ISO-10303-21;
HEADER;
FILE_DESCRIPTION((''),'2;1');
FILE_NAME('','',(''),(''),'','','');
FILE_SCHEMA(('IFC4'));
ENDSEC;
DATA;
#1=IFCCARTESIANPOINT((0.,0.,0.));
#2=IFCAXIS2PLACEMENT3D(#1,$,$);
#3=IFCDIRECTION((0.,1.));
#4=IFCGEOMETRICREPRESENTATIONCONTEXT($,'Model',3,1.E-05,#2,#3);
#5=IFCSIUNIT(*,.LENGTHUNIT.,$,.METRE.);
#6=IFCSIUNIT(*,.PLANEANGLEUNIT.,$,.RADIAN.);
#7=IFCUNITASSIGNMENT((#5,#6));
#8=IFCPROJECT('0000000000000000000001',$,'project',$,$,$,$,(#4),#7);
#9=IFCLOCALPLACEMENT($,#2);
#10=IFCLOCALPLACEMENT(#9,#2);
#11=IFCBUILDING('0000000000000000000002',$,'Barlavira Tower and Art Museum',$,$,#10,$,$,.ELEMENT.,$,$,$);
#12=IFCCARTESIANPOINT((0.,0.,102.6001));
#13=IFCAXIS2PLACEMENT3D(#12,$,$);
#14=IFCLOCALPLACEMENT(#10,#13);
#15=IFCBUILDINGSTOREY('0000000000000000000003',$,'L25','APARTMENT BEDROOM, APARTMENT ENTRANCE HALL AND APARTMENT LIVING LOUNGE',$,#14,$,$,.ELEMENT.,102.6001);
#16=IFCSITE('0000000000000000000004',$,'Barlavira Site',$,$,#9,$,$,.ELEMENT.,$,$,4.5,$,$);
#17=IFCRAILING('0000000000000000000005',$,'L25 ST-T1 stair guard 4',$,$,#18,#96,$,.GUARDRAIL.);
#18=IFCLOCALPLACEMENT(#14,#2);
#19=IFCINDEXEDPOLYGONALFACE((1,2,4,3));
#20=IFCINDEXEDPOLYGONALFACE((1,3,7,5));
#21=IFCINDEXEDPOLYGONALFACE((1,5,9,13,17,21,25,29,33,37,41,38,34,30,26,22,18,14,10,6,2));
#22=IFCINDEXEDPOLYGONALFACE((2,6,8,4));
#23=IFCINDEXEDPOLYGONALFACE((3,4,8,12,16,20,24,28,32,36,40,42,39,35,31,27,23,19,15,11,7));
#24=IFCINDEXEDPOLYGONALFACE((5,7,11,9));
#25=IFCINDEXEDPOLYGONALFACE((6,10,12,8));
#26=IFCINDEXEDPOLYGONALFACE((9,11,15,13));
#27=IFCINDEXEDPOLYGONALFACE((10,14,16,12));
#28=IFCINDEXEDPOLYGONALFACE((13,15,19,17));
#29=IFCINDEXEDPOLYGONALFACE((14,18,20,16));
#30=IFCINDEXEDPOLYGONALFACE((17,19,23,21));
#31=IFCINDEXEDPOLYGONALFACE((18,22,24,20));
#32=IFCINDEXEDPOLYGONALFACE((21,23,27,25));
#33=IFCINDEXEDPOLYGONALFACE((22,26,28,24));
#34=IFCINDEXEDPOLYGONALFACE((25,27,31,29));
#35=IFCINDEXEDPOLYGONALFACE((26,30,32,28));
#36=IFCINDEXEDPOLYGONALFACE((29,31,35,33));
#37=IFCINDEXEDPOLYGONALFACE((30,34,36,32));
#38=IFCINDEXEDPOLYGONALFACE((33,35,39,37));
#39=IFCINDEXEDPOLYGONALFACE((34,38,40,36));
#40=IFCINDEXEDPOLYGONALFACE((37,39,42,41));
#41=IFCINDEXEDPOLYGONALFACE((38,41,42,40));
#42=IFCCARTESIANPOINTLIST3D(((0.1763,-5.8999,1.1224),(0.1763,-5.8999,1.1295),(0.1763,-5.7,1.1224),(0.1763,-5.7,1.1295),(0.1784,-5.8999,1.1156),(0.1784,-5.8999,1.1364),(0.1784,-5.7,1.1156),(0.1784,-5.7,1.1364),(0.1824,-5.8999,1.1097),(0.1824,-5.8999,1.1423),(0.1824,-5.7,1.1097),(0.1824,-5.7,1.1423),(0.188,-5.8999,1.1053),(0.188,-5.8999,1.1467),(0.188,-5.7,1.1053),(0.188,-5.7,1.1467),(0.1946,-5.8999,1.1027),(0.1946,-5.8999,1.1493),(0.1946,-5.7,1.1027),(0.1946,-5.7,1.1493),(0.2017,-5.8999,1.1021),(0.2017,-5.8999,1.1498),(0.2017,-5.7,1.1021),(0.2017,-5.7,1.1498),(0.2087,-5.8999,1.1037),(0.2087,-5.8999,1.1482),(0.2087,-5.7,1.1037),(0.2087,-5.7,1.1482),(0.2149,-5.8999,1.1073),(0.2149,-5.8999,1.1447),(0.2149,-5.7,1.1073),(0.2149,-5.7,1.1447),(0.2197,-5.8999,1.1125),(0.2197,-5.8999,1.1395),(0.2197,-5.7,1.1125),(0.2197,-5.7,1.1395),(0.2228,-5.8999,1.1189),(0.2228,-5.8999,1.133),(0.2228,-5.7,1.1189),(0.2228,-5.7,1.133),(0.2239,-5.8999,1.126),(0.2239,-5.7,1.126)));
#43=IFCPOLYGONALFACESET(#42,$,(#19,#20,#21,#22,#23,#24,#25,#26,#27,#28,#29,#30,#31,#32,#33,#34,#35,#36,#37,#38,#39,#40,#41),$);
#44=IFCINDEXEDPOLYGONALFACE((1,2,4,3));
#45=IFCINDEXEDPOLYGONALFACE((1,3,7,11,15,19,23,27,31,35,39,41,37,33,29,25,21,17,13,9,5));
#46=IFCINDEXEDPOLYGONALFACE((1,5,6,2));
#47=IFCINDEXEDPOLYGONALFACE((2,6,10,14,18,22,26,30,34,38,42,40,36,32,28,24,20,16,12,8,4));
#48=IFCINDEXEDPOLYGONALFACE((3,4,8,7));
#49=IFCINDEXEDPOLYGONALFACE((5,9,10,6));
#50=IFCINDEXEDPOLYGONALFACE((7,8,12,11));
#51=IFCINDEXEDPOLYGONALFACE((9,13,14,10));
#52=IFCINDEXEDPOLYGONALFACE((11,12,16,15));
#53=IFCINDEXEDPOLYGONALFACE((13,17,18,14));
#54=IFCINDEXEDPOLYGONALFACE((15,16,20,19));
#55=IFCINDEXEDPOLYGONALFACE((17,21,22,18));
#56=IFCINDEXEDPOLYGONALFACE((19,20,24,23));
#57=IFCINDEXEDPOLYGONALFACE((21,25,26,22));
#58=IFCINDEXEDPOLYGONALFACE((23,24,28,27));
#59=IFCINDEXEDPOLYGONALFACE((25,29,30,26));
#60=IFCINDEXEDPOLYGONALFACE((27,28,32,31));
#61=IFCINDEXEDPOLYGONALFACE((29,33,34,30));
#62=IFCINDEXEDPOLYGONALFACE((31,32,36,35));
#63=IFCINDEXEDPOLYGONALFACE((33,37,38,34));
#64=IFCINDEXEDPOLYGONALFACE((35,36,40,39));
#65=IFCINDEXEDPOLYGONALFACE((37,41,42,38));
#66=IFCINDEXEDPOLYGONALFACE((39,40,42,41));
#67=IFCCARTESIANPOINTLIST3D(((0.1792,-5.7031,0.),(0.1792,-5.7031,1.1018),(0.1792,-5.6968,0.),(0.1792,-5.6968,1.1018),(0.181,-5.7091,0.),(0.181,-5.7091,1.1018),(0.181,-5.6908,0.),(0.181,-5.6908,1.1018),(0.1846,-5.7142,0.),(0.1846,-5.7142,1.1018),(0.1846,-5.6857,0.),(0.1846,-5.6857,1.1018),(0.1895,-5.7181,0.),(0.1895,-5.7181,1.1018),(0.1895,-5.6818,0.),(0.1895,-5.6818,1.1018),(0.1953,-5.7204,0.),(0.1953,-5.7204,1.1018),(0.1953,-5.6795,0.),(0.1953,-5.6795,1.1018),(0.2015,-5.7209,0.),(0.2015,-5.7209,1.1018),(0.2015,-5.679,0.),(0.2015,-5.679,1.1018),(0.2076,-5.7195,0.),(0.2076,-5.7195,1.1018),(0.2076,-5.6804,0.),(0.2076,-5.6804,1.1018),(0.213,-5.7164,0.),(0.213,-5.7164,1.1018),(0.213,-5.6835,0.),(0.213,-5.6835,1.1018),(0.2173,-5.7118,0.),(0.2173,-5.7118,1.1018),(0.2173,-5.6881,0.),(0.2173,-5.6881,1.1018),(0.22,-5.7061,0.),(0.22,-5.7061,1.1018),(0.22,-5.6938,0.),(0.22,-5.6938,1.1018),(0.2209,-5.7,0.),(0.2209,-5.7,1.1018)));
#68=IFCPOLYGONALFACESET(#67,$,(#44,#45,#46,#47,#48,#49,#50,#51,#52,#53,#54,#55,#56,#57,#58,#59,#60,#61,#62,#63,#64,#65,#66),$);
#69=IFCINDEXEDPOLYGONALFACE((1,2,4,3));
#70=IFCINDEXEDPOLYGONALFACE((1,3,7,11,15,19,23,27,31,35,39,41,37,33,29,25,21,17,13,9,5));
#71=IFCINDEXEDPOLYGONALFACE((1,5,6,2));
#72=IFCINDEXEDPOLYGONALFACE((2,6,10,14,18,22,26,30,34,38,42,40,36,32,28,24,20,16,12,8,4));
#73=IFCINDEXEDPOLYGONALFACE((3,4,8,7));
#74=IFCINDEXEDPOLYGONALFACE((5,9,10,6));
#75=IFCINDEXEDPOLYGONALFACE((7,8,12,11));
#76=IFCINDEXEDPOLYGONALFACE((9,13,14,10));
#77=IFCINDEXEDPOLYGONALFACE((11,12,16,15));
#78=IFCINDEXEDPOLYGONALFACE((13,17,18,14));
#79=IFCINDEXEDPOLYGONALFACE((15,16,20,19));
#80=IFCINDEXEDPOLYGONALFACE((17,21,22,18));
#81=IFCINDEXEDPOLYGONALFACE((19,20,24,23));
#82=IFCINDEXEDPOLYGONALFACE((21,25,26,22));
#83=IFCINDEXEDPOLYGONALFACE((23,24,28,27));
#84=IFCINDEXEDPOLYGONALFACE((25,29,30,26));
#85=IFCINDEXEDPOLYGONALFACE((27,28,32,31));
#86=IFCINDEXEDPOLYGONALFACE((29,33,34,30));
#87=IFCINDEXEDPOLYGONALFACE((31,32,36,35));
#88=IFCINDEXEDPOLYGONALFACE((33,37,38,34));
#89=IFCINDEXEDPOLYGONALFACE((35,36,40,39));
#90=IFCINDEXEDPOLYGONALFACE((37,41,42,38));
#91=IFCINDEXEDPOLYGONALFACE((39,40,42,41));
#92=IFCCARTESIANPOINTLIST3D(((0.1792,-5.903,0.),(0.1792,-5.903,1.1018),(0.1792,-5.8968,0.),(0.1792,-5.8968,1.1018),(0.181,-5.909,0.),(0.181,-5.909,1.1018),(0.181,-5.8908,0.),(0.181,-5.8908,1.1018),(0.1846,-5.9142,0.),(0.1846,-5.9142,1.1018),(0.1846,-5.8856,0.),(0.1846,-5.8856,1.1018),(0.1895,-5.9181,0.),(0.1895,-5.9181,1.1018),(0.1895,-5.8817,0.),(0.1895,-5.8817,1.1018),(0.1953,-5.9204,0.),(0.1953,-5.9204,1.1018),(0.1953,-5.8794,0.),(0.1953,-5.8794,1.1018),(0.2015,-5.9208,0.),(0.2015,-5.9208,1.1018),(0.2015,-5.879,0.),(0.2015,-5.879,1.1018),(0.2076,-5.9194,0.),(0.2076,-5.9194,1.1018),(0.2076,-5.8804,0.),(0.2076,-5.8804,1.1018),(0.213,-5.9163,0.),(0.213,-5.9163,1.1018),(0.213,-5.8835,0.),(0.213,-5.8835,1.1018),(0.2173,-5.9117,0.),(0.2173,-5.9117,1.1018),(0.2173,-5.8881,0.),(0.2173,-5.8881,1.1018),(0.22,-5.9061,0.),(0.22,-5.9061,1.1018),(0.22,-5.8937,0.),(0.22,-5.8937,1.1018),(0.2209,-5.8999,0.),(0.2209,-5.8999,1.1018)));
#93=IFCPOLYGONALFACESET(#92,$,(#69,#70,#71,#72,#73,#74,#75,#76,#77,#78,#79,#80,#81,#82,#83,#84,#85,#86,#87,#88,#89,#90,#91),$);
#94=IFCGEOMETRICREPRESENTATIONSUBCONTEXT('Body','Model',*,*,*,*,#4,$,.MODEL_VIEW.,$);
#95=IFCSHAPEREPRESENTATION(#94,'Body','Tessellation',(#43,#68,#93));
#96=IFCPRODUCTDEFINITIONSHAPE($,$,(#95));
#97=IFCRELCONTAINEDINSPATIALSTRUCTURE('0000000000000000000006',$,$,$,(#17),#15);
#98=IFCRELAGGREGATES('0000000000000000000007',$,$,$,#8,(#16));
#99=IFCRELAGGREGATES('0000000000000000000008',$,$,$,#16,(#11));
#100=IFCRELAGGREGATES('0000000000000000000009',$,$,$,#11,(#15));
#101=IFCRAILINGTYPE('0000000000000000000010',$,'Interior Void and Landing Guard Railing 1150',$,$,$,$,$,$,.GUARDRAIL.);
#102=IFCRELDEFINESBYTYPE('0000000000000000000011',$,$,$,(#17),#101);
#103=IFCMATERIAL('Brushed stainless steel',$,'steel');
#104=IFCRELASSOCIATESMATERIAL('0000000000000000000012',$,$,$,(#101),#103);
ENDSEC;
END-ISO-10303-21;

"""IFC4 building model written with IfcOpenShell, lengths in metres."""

from ifc_helpers import new_model, si_unit, direction, frame, origin, origin_2d, place, context, subcontext, project, spatial, circle, extrude, material, type_object, element, save


model = new_model("IFC4")

# Units and contexts
model_context = context("Model", 3, precision=1e-05, world=origin(), true_north=direction((0.0, 1.0)))
body_context = subcontext(model_context, "Body", "Model", "MODEL_VIEW")
ifc_project = project(units=[si_unit("LENGTHUNIT", "METRE"), si_unit("PLANEANGLEUNIT", "RADIAN")], contexts=[model_context])

# Site, building, storey
site_placement = place(None, origin())
site = spatial("IfcSite", under=ifc_project, at=site_placement, Name="Barlavira Site", CompositionType="ELEMENT", RefElevation=4.5)
building_placement = place(site_placement, origin())
building = spatial("IfcBuilding", under=site, at=building_placement, Name="Barlavira Tower and Art Museum", CompositionType="ELEMENT")
storey_placement = place(building_placement, frame((0.0, 0.0, 102.6001)))
storey = spatial("IfcBuildingStorey", under=building, at=storey_placement, Name="L25", Description="APARTMENT BEDROOM, APARTMENT ENTRANCE HALL AND APARTMENT LIVING LOUNGE", CompositionType="ELEMENT", Elevation=102.6001)

# Shared definitions
ifc_material_1 = material(Name="Brushed stainless steel", Category="steel")

# Railing
railing_type_1 = type_object("IfcRailingType", Name="Interior Void and Landing Guard Railing 1150", PredefinedType="GUARDRAIL", material=ifc_material_1)
railing_1_placement = place(storey_placement, frame((0.2, -5.7, 0.0)))
element("IfcRailing", 1, at=railing_1_placement, inside=storey, type_object=railing_type_1, Name="L25 ST-T1 stair guard 4", PredefinedType="GUARDRAIL", context=body_context, shape_type="SweptSolid", body=[
    extrude(circle(Radius=0.0239, at=origin_2d()), frame((0.0, 0.0, 1.126), z_axis=(0.0, -1.0, 0.0), x_axis=(1.0, 0.0, 0.0)), (0.0, 0.0, 1.0), 0.2),
    extrude(circle(Radius=0.021, at=origin_2d()), origin(), (0.0, 0.0, 1.0), 1.1018),
    extrude(circle(Radius=0.021, at=origin_2d()), frame((0.0, -0.2, 0.0)), (0.0, 0.0, 1.0), 1.1018),
])

save(model, "model.ifc")
